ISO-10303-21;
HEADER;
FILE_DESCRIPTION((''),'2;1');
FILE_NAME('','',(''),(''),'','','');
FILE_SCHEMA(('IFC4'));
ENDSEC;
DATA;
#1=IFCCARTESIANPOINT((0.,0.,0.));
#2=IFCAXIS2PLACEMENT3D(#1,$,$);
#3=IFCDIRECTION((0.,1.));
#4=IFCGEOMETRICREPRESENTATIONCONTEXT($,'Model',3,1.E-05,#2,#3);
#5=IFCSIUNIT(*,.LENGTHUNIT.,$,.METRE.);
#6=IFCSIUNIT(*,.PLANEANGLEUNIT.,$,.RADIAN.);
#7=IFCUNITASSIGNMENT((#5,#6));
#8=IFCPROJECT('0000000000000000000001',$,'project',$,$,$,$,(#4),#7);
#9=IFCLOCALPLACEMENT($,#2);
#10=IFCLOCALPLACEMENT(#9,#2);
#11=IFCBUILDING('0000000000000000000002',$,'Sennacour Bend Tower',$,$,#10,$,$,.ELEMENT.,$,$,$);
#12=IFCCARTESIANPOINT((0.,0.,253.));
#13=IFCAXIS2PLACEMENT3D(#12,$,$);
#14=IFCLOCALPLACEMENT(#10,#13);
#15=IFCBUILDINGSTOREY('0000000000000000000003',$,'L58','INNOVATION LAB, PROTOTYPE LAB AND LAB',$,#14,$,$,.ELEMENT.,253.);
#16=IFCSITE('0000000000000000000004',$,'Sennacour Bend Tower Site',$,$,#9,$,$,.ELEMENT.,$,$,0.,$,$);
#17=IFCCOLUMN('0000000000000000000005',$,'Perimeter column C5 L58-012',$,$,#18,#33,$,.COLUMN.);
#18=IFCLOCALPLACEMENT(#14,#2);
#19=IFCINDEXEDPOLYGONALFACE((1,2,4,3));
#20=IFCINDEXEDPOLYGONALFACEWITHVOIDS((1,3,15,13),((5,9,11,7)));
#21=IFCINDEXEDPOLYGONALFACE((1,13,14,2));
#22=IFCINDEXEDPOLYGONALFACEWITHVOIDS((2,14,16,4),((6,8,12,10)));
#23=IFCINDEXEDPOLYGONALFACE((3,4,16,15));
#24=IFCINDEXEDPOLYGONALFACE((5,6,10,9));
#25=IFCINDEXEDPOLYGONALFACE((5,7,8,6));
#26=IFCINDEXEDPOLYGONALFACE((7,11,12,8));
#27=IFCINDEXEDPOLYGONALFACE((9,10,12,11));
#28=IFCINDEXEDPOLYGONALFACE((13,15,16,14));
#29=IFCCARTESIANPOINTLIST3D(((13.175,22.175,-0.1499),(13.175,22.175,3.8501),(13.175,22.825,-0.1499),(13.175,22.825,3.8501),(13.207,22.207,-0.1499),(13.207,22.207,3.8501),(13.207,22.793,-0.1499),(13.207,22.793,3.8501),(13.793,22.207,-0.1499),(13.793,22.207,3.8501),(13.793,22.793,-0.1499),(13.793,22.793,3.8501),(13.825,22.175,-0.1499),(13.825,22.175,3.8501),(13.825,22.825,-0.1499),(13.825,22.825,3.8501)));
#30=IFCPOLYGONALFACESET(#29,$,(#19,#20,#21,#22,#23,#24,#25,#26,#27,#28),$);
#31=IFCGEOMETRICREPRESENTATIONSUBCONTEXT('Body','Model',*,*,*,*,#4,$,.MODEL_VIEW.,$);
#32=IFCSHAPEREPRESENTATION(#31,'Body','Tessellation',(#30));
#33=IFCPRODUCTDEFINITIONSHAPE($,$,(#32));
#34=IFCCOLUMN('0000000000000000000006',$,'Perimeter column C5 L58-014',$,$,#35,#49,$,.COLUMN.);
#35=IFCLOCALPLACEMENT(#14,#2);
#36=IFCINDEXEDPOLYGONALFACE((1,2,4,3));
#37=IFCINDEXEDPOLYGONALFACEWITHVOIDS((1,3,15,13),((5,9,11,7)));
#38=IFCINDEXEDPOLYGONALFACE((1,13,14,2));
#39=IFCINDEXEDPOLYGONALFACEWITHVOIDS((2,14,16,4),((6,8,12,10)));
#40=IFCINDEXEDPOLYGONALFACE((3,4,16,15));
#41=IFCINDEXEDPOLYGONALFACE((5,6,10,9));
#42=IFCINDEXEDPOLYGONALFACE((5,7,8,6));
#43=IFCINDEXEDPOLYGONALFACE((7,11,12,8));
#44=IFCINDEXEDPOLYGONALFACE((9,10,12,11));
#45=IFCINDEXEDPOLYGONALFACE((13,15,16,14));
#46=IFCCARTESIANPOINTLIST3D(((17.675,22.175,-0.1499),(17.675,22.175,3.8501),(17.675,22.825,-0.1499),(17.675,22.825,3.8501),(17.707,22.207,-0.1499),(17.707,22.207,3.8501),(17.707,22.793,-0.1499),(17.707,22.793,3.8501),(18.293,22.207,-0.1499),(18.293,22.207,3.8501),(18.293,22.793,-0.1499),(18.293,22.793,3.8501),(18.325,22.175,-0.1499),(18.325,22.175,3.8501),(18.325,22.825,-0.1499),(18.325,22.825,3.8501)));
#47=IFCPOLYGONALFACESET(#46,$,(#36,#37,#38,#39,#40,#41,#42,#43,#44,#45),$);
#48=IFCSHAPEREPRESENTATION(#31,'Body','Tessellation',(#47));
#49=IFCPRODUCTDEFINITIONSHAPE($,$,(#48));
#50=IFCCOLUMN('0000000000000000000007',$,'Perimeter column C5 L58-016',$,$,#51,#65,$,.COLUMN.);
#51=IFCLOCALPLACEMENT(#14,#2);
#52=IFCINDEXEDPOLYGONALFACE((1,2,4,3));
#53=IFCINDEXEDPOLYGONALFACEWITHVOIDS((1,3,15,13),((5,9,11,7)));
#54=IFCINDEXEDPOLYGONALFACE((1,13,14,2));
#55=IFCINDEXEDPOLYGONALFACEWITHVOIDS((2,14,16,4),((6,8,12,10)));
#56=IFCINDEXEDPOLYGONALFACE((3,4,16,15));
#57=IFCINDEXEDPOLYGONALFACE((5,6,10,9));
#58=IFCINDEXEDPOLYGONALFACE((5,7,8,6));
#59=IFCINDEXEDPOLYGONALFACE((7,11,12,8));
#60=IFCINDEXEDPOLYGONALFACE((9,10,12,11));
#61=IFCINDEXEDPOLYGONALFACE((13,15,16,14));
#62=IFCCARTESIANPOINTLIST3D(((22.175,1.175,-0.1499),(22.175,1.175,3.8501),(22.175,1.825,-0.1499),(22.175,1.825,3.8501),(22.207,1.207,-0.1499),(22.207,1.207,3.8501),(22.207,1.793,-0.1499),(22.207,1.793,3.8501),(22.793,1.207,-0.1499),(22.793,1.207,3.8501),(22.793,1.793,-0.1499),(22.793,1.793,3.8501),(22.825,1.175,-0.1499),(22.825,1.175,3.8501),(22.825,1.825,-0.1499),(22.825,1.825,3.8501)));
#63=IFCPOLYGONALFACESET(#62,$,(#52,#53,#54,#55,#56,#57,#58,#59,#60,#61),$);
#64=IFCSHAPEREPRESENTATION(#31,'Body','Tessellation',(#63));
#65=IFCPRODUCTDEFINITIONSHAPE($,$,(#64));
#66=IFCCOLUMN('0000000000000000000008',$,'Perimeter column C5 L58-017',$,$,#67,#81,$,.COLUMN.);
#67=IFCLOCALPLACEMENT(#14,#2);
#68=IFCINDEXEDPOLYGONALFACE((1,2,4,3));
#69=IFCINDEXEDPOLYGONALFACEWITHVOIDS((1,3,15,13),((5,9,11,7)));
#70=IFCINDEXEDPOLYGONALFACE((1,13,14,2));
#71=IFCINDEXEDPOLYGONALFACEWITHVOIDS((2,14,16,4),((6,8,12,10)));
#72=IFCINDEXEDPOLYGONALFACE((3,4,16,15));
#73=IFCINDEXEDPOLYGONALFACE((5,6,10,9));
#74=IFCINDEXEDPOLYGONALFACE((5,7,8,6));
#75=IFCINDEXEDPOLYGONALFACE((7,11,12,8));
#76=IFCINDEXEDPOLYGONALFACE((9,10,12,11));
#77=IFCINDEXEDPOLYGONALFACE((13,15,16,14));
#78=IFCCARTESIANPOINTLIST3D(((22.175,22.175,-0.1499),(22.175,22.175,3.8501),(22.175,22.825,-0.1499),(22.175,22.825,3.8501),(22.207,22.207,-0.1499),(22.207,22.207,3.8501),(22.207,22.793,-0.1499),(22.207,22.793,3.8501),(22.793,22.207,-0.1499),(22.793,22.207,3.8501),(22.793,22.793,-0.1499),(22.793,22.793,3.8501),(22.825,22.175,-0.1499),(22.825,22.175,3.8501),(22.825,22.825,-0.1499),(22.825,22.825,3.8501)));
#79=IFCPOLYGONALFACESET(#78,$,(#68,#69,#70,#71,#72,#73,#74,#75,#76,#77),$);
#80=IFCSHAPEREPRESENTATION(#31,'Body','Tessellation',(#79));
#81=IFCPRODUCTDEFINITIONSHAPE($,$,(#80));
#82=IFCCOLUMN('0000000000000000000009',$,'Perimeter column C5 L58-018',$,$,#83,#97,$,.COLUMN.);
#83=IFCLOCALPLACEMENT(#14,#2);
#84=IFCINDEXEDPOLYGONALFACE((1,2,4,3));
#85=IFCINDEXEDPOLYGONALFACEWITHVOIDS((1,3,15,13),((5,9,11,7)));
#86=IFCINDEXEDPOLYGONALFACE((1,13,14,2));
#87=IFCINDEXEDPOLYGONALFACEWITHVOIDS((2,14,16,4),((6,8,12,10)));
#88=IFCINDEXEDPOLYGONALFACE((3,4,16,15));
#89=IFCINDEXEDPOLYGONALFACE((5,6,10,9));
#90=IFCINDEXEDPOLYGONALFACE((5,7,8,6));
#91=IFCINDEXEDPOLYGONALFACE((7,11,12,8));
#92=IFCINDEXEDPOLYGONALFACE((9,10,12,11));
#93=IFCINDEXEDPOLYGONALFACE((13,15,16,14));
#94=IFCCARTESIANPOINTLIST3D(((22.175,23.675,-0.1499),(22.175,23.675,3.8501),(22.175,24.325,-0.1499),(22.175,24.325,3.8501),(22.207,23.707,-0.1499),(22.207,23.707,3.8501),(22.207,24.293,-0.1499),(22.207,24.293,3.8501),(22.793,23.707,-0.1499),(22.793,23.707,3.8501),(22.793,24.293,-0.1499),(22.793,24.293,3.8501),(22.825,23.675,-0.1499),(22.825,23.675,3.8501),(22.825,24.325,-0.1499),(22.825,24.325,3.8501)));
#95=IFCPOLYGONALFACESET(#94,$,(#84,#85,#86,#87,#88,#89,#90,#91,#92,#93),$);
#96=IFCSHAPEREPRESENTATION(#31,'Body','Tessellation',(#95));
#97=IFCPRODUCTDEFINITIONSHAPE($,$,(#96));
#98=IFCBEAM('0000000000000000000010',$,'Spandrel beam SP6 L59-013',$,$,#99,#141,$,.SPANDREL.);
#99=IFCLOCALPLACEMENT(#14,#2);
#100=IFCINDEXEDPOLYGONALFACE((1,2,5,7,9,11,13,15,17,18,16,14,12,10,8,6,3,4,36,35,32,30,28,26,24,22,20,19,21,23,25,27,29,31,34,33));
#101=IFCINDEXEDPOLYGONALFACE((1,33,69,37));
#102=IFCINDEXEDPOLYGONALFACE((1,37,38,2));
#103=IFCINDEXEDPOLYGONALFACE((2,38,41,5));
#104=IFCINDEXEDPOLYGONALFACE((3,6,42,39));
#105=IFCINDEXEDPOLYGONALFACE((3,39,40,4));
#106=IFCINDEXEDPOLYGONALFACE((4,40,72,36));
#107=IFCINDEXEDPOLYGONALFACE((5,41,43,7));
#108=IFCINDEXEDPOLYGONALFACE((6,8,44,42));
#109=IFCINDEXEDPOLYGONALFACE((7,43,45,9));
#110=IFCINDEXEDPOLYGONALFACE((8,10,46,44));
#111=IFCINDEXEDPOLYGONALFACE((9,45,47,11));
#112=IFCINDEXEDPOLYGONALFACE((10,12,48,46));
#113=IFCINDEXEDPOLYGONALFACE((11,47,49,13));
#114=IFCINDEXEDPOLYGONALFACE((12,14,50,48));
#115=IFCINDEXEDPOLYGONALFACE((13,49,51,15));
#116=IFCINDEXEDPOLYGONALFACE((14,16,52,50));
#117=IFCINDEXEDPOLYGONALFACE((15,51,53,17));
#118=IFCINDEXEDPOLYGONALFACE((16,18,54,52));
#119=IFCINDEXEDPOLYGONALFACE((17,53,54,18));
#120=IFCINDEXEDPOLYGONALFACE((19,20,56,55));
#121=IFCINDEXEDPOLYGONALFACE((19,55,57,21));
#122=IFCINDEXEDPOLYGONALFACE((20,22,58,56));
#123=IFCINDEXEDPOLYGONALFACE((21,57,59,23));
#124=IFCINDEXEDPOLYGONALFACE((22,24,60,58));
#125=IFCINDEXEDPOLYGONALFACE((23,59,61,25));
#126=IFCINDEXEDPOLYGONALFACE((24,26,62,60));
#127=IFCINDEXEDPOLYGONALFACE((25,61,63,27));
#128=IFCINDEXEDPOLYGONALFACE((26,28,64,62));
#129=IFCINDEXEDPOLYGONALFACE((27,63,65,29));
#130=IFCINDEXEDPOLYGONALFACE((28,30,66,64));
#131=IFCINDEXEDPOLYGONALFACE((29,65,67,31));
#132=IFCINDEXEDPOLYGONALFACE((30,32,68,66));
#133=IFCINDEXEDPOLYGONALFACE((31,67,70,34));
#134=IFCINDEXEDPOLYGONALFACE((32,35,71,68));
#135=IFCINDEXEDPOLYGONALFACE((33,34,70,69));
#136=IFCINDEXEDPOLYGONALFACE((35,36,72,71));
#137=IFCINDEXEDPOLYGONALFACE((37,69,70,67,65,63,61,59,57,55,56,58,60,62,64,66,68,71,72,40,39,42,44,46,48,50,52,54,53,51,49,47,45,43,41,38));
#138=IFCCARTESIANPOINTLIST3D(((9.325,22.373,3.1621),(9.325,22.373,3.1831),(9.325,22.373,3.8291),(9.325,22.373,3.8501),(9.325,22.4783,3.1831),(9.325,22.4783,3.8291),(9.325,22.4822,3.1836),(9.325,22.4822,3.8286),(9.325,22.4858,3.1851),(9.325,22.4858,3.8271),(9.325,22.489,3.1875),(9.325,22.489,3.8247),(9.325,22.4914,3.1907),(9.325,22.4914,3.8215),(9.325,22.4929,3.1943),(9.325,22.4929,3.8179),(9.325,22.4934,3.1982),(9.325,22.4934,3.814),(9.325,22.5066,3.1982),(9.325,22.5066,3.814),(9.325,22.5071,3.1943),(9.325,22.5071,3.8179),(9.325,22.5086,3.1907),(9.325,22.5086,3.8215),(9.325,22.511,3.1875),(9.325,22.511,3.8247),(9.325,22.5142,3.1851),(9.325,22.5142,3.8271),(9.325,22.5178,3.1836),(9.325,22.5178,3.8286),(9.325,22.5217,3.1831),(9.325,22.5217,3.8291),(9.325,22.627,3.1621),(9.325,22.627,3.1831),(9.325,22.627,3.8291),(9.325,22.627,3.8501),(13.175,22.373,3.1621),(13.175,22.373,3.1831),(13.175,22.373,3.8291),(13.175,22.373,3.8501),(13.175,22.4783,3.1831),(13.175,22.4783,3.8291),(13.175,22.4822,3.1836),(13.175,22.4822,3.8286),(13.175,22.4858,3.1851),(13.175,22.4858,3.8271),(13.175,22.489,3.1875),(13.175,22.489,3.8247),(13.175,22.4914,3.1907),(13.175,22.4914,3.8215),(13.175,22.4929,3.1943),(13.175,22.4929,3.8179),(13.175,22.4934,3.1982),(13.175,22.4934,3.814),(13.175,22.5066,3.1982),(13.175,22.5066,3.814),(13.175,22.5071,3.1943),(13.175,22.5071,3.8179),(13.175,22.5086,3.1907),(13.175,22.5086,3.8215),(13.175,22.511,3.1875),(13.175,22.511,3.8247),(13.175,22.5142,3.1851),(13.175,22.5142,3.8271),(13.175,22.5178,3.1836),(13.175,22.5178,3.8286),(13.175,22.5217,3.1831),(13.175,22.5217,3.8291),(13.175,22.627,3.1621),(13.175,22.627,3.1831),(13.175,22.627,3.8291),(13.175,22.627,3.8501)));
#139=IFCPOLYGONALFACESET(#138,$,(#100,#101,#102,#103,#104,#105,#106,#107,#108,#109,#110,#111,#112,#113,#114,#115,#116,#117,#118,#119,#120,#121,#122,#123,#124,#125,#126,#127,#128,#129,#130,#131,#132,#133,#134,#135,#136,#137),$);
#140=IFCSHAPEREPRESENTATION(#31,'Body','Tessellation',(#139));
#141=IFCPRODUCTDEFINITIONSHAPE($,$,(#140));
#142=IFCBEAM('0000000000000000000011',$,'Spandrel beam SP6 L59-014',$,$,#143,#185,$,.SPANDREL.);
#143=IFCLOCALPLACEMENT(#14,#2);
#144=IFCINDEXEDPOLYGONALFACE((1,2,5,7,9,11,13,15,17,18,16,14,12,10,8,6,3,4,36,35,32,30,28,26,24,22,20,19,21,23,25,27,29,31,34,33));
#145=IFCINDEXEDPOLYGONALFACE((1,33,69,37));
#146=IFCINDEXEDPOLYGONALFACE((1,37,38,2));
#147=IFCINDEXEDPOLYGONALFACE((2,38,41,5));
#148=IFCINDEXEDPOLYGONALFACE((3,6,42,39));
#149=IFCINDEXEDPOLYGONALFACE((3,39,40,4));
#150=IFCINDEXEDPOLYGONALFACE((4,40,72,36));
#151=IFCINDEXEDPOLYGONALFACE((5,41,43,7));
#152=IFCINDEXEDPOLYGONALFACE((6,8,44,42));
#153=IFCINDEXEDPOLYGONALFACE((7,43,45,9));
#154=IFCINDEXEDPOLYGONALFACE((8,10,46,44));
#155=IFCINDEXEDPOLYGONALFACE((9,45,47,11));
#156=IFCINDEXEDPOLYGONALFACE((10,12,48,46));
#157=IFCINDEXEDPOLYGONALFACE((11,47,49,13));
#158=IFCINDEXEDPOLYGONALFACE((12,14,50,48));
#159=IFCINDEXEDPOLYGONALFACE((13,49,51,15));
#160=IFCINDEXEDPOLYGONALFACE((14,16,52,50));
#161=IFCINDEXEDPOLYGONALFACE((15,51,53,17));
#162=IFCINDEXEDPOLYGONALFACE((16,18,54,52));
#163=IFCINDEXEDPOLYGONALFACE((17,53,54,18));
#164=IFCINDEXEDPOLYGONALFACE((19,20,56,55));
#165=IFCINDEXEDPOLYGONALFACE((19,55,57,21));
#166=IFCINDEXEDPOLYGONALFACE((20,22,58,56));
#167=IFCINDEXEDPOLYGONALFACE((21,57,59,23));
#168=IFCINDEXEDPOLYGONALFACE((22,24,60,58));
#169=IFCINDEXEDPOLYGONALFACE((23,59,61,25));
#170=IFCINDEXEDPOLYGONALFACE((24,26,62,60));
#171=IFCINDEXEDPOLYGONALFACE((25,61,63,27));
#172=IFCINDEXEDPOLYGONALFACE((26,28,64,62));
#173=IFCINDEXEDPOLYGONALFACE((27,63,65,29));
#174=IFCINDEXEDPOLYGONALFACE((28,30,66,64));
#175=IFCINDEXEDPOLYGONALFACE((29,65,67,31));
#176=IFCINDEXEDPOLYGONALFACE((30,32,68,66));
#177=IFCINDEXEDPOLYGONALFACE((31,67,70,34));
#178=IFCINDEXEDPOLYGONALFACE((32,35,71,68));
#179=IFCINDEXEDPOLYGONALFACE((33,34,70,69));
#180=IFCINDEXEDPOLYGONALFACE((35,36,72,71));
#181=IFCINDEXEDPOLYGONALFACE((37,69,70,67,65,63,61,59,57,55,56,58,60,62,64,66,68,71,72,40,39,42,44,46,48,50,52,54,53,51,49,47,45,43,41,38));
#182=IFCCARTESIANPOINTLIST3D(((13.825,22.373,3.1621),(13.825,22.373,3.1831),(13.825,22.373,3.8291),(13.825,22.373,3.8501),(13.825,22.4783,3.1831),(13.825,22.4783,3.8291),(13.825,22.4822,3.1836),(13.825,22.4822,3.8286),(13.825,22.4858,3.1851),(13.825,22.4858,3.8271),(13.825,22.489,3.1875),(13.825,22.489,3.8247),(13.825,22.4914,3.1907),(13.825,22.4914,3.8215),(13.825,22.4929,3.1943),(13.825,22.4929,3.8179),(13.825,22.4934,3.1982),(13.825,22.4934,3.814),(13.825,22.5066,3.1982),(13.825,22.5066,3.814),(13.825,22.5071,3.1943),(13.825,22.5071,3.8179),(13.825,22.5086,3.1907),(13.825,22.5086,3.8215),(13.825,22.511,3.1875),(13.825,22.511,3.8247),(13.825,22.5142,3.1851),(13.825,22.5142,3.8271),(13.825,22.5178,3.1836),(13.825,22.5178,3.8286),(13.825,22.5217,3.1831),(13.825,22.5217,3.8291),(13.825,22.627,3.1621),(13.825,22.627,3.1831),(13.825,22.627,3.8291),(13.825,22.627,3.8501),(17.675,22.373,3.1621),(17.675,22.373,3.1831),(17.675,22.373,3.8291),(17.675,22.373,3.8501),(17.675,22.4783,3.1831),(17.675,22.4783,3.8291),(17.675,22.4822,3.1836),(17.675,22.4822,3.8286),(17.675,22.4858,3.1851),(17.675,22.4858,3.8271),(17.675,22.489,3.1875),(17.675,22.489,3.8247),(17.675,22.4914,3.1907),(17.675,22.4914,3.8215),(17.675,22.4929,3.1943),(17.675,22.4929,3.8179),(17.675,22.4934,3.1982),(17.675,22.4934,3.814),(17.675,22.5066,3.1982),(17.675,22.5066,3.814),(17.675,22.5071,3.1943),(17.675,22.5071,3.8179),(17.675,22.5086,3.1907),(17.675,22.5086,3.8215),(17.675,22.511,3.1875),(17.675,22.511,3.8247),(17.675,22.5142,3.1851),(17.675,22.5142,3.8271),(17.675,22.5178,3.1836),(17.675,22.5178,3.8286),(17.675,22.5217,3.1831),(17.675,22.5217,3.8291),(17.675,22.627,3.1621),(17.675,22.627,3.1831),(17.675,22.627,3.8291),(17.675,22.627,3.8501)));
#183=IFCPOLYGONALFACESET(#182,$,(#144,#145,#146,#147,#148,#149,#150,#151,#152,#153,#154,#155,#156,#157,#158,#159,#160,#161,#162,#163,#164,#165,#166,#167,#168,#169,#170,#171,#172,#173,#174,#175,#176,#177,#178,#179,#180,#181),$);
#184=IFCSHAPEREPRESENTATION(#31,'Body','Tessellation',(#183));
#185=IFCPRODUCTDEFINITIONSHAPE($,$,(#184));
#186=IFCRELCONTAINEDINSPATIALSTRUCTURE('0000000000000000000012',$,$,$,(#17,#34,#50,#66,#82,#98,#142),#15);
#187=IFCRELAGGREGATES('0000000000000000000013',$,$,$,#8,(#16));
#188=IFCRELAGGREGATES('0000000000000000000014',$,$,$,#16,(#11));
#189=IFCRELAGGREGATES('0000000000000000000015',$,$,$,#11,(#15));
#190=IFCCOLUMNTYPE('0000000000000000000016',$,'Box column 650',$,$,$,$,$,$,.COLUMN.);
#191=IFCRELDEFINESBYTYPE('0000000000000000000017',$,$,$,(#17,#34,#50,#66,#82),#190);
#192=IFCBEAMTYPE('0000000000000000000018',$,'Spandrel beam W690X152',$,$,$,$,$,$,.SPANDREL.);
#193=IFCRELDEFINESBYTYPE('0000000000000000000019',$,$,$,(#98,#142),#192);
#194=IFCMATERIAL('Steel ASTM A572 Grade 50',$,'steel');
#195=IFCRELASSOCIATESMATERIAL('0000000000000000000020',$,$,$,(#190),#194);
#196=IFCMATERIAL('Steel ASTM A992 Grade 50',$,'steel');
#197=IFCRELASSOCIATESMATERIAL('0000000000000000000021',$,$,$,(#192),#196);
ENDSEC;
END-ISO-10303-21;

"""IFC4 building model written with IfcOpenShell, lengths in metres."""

from ifc_helpers import new_model, si_unit, direction, frame, origin, origin_2d, place, context, subcontext, project, spatial, hollow_rectangle, i_section, extrude, material, material_profile, profile_set, type_object, element, save


model = new_model("IFC4")

# Units and contexts
model_context = context("Model", 3, precision=1e-05, world=origin(), true_north=direction((0.0, 1.0)))
body_context = subcontext(model_context, "Body", "Model", "MODEL_VIEW")
ifc_project = project(units=[si_unit("LENGTHUNIT", "METRE"), si_unit("PLANEANGLEUNIT", "RADIAN")], contexts=[model_context])

# Site, building, storey
site_placement = place(None, origin())
site = spatial("IfcSite", under=ifc_project, at=site_placement, Name="Sennacour Bend Tower Site", CompositionType="ELEMENT", RefElevation=0.0)
building_placement = place(site_placement, origin())
building = spatial("IfcBuilding", under=site, at=building_placement, Name="Sennacour Bend Tower", CompositionType="ELEMENT")
storey_placement = place(building_placement, frame((0.0, 0.0, 253.0)))
storey = spatial("IfcBuildingStorey", under=building, at=storey_placement, Name="L58", Description="INNOVATION LAB, PROTOTYPE LAB AND LAB", CompositionType="ELEMENT", Elevation=253.0)

# Columns
ifc_material_1 = material(Name="Steel ASTM A572 Grade 50", Category="steel")
ifc_material_profile_1 = material_profile(ifc_material_1, hollow_rectangle(XDim=0.6499, YDim=0.6499, WallThickness=0.032, at=origin_2d()), Name="Steel ASTM A572 Grade 50", Category="steel")
ifc_profile_set_1 = profile_set([ifc_material_profile_1], Name="Steel ASTM A572 Grade 50")
column_type = type_object("IfcColumnType", Name="Box column 650", PredefinedType="COLUMN", material=ifc_profile_set_1)
for number, where, z_axis, x_axis, name in (
    (1, (13.5, 22.5, -0.1499), (0.0, 0.0, 1.0), (1.0, 0.0, 0.0), "Perimeter column C5 L58-012"),
    (2, (18.0, 22.5, -0.1499), (0.0, 0.0, 1.0), (1.0, 0.0, 0.0), "Perimeter column C5 L58-014"),
    (3, (22.5, 1.5, -0.1499), (0.0, 0.0, 1.0), (1.0, 0.0, 0.0), "Perimeter column C5 L58-016"),
    (4, (22.5, 22.5, -0.1499), (0.0, 0.0, 1.0), (1.0, 0.0, 0.0), "Perimeter column C5 L58-017"),
    (5, (22.5, 24.0, -0.1499), (0.0, 0.0, 1.0), (1.0, 0.0, 0.0), "Perimeter column C5 L58-018"),
):
    element("IfcColumn", number, at=place(storey_placement, frame(where, z_axis=z_axis, x_axis=x_axis)), inside=storey, type_object=column_type, Name=name, PredefinedType="COLUMN", context=body_context, shape_type="SweptSolid", body=[
        extrude(hollow_rectangle(XDim=0.6499, YDim=0.6499, WallThickness=0.032, at=origin_2d()), origin(), (0.0, 0.0, 1.0), 4.0),
    ])

# Beams
ifc_material_2 = material(Name="Steel ASTM A992 Grade 50", Category="steel")
ifc_material_profile_2 = material_profile(ifc_material_2, i_section(OverallWidth=0.2539, OverallDepth=0.688, WebThickness=0.0132, FlangeThickness=0.021, FilletRadius=0.0151, at=origin_2d()), Name="Steel ASTM A992 Grade 50", Category="steel")
ifc_profile_set_2 = profile_set([ifc_material_profile_2], Name="Steel ASTM A992 Grade 50")
beam_type = type_object("IfcBeamType", Name="Spandrel beam W690X152", PredefinedType="SPANDREL", material=ifc_profile_set_2)
for number, where, z_axis, x_axis, name in (
    (6, (9.325, 22.5, 3.5061), (1.0, 0.0, 0.0), (0.0, 1.0, 0.0), "Spandrel beam SP6 L59-013"),
    (7, (13.825, 22.5, 3.5061), (1.0, 0.0, 0.0), (0.0, 1.0, 0.0), "Spandrel beam SP6 L59-014"),
):
    element("IfcBeam", number, at=place(storey_placement, frame(where, z_axis=z_axis, x_axis=x_axis)), inside=storey, type_object=beam_type, Name=name, PredefinedType="SPANDREL", context=body_context, shape_type="SweptSolid", body=[
        extrude(i_section(OverallWidth=0.2539, OverallDepth=0.688, WebThickness=0.0132, FlangeThickness=0.021, FilletRadius=0.0151, at=origin_2d()), origin(), (0.0, 0.0, 1.0), 3.8501),
    ])

save(model, "model.ifc")
